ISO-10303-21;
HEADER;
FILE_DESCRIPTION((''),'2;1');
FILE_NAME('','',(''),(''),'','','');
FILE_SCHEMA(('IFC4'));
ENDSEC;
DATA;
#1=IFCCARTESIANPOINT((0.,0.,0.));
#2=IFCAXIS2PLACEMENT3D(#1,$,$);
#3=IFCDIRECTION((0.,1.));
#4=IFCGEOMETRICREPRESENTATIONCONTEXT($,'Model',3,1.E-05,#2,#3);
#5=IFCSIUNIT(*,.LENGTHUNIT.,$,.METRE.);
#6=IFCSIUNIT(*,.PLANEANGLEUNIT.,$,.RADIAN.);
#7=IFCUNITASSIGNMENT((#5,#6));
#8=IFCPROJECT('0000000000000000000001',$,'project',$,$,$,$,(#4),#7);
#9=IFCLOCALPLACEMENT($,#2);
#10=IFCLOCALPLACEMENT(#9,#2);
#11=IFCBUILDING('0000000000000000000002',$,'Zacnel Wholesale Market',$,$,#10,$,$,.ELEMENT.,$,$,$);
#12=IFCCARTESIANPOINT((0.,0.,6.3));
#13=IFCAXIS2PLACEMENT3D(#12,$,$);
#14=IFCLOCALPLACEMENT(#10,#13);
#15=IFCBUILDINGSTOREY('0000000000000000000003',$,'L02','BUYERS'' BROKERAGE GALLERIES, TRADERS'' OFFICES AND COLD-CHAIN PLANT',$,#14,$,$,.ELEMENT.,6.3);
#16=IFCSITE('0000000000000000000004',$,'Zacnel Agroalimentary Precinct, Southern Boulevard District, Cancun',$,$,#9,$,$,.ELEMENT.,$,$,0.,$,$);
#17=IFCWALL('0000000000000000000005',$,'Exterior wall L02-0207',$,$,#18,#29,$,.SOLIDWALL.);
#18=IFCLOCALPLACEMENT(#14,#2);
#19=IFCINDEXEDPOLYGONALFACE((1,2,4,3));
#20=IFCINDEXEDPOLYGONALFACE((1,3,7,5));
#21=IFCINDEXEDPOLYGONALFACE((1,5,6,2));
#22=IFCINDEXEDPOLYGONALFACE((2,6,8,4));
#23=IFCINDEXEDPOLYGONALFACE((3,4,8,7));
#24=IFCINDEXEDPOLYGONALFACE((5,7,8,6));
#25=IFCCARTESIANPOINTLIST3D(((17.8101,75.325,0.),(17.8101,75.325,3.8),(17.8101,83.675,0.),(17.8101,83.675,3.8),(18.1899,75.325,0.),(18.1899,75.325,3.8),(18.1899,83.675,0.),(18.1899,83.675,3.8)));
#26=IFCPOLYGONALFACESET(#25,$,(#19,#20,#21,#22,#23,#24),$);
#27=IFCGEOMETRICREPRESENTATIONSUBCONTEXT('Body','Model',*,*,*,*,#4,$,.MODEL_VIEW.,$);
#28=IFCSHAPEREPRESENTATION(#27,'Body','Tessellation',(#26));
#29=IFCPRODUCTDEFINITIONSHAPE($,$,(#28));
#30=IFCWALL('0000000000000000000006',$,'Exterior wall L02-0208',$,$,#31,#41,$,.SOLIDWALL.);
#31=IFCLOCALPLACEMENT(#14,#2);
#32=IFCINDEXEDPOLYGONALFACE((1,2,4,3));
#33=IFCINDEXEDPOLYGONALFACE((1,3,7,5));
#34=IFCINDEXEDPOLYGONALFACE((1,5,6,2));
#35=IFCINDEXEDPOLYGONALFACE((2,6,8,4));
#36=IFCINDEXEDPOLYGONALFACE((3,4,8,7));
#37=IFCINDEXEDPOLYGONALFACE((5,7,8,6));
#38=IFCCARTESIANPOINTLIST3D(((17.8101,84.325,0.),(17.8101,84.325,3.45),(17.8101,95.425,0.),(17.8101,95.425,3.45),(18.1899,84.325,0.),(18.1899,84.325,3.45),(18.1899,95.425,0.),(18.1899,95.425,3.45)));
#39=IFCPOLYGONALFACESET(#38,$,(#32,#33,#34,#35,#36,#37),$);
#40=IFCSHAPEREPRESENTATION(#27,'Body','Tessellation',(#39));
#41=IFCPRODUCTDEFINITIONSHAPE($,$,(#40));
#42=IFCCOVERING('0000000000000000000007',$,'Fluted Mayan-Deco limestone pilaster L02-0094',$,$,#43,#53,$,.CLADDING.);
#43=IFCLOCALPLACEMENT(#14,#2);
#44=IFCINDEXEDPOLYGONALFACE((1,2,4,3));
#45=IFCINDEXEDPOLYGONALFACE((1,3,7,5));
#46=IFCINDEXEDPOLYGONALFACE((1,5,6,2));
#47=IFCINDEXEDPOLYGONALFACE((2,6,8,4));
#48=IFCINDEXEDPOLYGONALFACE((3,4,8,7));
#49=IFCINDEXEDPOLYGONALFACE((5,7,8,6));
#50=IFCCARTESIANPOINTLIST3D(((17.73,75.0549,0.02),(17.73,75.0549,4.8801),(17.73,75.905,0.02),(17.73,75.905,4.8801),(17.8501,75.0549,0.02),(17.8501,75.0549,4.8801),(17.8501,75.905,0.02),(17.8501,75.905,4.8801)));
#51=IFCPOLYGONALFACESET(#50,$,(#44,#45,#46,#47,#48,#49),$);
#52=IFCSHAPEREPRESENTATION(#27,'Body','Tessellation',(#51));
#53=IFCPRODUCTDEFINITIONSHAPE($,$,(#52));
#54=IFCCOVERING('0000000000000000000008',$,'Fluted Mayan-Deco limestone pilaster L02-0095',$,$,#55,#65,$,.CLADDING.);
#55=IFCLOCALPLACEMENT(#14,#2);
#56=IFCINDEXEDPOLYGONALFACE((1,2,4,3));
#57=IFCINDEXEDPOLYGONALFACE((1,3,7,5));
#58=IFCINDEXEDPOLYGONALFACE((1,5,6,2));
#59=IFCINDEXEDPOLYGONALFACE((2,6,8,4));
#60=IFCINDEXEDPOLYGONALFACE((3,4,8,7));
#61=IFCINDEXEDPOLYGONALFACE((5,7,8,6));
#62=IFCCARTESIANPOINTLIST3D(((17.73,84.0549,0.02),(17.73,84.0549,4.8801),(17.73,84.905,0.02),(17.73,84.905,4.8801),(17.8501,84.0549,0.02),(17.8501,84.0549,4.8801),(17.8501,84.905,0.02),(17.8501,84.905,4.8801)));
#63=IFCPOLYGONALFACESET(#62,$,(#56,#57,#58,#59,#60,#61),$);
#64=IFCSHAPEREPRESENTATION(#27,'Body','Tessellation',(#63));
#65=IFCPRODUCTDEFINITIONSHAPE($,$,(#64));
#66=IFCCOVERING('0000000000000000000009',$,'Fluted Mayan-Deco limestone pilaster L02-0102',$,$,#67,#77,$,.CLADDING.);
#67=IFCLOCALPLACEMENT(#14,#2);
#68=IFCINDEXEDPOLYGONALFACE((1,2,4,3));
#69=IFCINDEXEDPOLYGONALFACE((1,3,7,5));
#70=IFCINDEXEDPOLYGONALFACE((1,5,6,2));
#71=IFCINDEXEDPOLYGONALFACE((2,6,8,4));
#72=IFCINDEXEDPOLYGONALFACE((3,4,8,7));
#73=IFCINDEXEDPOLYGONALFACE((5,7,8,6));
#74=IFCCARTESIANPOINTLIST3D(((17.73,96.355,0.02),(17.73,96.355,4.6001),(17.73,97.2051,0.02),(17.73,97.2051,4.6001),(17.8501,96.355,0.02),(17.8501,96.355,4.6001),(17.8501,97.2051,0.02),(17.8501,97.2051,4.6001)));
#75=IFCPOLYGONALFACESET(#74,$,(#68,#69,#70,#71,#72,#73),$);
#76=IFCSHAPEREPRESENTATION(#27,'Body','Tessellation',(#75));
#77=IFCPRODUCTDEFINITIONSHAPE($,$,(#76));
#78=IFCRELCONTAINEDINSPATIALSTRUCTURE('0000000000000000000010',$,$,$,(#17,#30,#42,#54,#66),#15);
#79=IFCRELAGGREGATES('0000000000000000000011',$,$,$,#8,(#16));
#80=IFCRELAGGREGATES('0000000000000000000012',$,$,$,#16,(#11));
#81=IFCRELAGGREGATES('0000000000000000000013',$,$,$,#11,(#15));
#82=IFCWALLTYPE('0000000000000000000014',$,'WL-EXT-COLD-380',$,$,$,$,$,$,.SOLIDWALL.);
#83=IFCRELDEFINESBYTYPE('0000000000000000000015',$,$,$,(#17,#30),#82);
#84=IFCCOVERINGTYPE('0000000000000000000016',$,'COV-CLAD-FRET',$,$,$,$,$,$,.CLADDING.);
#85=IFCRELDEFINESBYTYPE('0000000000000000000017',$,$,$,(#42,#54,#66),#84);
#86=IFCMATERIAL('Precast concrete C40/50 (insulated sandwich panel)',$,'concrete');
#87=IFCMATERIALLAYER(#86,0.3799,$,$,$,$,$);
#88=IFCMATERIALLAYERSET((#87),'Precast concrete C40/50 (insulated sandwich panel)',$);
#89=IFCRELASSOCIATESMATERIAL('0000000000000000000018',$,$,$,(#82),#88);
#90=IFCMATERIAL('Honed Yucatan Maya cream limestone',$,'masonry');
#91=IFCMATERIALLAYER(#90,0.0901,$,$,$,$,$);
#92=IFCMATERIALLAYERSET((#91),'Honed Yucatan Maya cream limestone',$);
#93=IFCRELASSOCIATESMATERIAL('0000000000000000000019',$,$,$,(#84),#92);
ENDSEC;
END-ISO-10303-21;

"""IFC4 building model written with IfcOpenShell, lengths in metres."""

from ifc_helpers import new_model, si_unit, direction, frame, frame_2d, origin, origin_2d, place, context, subcontext, project, spatial, rectangle, extrude, material, layer, layer_set, type_object, element, save


model = new_model("IFC4")

# Units and contexts
model_context = context("Model", 3, precision=1e-05, world=origin(), true_north=direction((0.0, 1.0)))
body_context = subcontext(model_context, "Body", "Model", "MODEL_VIEW")
ifc_project = project(units=[si_unit("LENGTHUNIT", "METRE"), si_unit("PLANEANGLEUNIT", "RADIAN")], contexts=[model_context])

# Site, building, storey
site_placement = place(None, origin())
site = spatial("IfcSite", under=ifc_project, at=site_placement, Name="Zacnel Agroalimentary Precinct, Southern Boulevard District, Cancun", CompositionType="ELEMENT", RefElevation=0.0)
building_placement = place(site_placement, origin())
building = spatial("IfcBuilding", under=site, at=building_placement, Name="Zacnel Wholesale Market", CompositionType="ELEMENT")
storey_placement = place(building_placement, frame((0.0, 0.0, 6.3)))
storey = spatial("IfcBuildingStorey", under=building, at=storey_placement, Name="L02", Description="BUYERS' BROKERAGE GALLERIES, TRADERS' OFFICES AND COLD-CHAIN PLANT", CompositionType="ELEMENT", Elevation=6.3)

# Walls
ifc_material_1 = material(Name="Precast concrete C40/50 (insulated sandwich panel)", Category="concrete")
ifc_layer_1 = layer(ifc_material_1, 0.3799)
ifc_layer_set_1 = layer_set([ifc_layer_1], Name="Precast concrete C40/50 (insulated sandwich panel)")
wall_type = type_object("IfcWallType", Name="WL-EXT-COLD-380", PredefinedType="SOLIDWALL", material=ifc_layer_set_1)
wall_1_placement = place(storey_placement, frame((18.0, 75.325, 0.0), z_axis=(0.0, 0.0, 1.0), x_axis=(0.0, 1.0, 0.0)))
element("IfcWall", 1, at=wall_1_placement, inside=storey, type_object=wall_type, Name="Exterior wall L02-0207", PredefinedType="SOLIDWALL", context=body_context, shape_type="SweptSolid", body=[
    extrude(rectangle(XDim=8.3501, YDim=0.3799, at=frame_2d((4.175, 0.0))), origin(), (0.0, 0.0, 1.0), 3.8),
])
wall_2_placement = place(storey_placement, frame((18.0, 84.325, 0.0), z_axis=(0.0, 0.0, 1.0), x_axis=(0.0, 1.0, 0.0)))
element("IfcWall", 2, at=wall_2_placement, inside=storey, type_object=wall_type, Name="Exterior wall L02-0208", PredefinedType="SOLIDWALL", context=body_context, shape_type="SweptSolid", body=[
    extrude(rectangle(XDim=11.1001, YDim=0.3799, at=frame_2d((5.55, 0.0))), origin(), (0.0, 0.0, 1.0), 3.45),
])

# Coverings
ifc_material_2 = material(Name="Honed Yucatan Maya cream limestone", Category="masonry")
ifc_layer_2 = layer(ifc_material_2, 0.0901)
ifc_layer_set_2 = layer_set([ifc_layer_2], Name="Honed Yucatan Maya cream limestone")
covering_type = type_object("IfcCoveringType", Name="COV-CLAD-FRET", PredefinedType="CLADDING", material=ifc_layer_set_2)
for number, where, z_axis, x_axis, name in (
    (3, (17.79, 75.48, 0.02), (0.0, 0.0, 1.0), (0.0, 1.0, 0.0), "Fluted Mayan-Deco limestone pilaster L02-0094"),
    (4, (17.79, 84.48, 0.02), (0.0, 0.0, 1.0), (0.0, 1.0, 0.0), "Fluted Mayan-Deco limestone pilaster L02-0095"),
):
    element("IfcCovering", number, at=place(storey_placement, frame(where, z_axis=z_axis, x_axis=x_axis)), inside=storey, type_object=covering_type, Name=name, PredefinedType="CLADDING", context=body_context, shape_type="SweptSolid", body=[
        extrude(rectangle(XDim=0.8501, YDim=0.1201, at=origin_2d()), origin(), (0.0, 0.0, 1.0), 4.8601),
    ])
covering_placement = place(storey_placement, frame((17.79, 96.78, 0.02), z_axis=(0.0, 0.0, 1.0), x_axis=(0.0, 1.0, 0.0)))
element("IfcCovering", 5, at=covering_placement, inside=storey, type_object=covering_type, Name="Fluted Mayan-Deco limestone pilaster L02-0102", PredefinedType="CLADDING", context=body_context, shape_type="SweptSolid", body=[
    extrude(rectangle(XDim=0.8501, YDim=0.1201, at=origin_2d()), origin(), (0.0, 0.0, 1.0), 4.5801),
])

save(model, "model.ifc")
